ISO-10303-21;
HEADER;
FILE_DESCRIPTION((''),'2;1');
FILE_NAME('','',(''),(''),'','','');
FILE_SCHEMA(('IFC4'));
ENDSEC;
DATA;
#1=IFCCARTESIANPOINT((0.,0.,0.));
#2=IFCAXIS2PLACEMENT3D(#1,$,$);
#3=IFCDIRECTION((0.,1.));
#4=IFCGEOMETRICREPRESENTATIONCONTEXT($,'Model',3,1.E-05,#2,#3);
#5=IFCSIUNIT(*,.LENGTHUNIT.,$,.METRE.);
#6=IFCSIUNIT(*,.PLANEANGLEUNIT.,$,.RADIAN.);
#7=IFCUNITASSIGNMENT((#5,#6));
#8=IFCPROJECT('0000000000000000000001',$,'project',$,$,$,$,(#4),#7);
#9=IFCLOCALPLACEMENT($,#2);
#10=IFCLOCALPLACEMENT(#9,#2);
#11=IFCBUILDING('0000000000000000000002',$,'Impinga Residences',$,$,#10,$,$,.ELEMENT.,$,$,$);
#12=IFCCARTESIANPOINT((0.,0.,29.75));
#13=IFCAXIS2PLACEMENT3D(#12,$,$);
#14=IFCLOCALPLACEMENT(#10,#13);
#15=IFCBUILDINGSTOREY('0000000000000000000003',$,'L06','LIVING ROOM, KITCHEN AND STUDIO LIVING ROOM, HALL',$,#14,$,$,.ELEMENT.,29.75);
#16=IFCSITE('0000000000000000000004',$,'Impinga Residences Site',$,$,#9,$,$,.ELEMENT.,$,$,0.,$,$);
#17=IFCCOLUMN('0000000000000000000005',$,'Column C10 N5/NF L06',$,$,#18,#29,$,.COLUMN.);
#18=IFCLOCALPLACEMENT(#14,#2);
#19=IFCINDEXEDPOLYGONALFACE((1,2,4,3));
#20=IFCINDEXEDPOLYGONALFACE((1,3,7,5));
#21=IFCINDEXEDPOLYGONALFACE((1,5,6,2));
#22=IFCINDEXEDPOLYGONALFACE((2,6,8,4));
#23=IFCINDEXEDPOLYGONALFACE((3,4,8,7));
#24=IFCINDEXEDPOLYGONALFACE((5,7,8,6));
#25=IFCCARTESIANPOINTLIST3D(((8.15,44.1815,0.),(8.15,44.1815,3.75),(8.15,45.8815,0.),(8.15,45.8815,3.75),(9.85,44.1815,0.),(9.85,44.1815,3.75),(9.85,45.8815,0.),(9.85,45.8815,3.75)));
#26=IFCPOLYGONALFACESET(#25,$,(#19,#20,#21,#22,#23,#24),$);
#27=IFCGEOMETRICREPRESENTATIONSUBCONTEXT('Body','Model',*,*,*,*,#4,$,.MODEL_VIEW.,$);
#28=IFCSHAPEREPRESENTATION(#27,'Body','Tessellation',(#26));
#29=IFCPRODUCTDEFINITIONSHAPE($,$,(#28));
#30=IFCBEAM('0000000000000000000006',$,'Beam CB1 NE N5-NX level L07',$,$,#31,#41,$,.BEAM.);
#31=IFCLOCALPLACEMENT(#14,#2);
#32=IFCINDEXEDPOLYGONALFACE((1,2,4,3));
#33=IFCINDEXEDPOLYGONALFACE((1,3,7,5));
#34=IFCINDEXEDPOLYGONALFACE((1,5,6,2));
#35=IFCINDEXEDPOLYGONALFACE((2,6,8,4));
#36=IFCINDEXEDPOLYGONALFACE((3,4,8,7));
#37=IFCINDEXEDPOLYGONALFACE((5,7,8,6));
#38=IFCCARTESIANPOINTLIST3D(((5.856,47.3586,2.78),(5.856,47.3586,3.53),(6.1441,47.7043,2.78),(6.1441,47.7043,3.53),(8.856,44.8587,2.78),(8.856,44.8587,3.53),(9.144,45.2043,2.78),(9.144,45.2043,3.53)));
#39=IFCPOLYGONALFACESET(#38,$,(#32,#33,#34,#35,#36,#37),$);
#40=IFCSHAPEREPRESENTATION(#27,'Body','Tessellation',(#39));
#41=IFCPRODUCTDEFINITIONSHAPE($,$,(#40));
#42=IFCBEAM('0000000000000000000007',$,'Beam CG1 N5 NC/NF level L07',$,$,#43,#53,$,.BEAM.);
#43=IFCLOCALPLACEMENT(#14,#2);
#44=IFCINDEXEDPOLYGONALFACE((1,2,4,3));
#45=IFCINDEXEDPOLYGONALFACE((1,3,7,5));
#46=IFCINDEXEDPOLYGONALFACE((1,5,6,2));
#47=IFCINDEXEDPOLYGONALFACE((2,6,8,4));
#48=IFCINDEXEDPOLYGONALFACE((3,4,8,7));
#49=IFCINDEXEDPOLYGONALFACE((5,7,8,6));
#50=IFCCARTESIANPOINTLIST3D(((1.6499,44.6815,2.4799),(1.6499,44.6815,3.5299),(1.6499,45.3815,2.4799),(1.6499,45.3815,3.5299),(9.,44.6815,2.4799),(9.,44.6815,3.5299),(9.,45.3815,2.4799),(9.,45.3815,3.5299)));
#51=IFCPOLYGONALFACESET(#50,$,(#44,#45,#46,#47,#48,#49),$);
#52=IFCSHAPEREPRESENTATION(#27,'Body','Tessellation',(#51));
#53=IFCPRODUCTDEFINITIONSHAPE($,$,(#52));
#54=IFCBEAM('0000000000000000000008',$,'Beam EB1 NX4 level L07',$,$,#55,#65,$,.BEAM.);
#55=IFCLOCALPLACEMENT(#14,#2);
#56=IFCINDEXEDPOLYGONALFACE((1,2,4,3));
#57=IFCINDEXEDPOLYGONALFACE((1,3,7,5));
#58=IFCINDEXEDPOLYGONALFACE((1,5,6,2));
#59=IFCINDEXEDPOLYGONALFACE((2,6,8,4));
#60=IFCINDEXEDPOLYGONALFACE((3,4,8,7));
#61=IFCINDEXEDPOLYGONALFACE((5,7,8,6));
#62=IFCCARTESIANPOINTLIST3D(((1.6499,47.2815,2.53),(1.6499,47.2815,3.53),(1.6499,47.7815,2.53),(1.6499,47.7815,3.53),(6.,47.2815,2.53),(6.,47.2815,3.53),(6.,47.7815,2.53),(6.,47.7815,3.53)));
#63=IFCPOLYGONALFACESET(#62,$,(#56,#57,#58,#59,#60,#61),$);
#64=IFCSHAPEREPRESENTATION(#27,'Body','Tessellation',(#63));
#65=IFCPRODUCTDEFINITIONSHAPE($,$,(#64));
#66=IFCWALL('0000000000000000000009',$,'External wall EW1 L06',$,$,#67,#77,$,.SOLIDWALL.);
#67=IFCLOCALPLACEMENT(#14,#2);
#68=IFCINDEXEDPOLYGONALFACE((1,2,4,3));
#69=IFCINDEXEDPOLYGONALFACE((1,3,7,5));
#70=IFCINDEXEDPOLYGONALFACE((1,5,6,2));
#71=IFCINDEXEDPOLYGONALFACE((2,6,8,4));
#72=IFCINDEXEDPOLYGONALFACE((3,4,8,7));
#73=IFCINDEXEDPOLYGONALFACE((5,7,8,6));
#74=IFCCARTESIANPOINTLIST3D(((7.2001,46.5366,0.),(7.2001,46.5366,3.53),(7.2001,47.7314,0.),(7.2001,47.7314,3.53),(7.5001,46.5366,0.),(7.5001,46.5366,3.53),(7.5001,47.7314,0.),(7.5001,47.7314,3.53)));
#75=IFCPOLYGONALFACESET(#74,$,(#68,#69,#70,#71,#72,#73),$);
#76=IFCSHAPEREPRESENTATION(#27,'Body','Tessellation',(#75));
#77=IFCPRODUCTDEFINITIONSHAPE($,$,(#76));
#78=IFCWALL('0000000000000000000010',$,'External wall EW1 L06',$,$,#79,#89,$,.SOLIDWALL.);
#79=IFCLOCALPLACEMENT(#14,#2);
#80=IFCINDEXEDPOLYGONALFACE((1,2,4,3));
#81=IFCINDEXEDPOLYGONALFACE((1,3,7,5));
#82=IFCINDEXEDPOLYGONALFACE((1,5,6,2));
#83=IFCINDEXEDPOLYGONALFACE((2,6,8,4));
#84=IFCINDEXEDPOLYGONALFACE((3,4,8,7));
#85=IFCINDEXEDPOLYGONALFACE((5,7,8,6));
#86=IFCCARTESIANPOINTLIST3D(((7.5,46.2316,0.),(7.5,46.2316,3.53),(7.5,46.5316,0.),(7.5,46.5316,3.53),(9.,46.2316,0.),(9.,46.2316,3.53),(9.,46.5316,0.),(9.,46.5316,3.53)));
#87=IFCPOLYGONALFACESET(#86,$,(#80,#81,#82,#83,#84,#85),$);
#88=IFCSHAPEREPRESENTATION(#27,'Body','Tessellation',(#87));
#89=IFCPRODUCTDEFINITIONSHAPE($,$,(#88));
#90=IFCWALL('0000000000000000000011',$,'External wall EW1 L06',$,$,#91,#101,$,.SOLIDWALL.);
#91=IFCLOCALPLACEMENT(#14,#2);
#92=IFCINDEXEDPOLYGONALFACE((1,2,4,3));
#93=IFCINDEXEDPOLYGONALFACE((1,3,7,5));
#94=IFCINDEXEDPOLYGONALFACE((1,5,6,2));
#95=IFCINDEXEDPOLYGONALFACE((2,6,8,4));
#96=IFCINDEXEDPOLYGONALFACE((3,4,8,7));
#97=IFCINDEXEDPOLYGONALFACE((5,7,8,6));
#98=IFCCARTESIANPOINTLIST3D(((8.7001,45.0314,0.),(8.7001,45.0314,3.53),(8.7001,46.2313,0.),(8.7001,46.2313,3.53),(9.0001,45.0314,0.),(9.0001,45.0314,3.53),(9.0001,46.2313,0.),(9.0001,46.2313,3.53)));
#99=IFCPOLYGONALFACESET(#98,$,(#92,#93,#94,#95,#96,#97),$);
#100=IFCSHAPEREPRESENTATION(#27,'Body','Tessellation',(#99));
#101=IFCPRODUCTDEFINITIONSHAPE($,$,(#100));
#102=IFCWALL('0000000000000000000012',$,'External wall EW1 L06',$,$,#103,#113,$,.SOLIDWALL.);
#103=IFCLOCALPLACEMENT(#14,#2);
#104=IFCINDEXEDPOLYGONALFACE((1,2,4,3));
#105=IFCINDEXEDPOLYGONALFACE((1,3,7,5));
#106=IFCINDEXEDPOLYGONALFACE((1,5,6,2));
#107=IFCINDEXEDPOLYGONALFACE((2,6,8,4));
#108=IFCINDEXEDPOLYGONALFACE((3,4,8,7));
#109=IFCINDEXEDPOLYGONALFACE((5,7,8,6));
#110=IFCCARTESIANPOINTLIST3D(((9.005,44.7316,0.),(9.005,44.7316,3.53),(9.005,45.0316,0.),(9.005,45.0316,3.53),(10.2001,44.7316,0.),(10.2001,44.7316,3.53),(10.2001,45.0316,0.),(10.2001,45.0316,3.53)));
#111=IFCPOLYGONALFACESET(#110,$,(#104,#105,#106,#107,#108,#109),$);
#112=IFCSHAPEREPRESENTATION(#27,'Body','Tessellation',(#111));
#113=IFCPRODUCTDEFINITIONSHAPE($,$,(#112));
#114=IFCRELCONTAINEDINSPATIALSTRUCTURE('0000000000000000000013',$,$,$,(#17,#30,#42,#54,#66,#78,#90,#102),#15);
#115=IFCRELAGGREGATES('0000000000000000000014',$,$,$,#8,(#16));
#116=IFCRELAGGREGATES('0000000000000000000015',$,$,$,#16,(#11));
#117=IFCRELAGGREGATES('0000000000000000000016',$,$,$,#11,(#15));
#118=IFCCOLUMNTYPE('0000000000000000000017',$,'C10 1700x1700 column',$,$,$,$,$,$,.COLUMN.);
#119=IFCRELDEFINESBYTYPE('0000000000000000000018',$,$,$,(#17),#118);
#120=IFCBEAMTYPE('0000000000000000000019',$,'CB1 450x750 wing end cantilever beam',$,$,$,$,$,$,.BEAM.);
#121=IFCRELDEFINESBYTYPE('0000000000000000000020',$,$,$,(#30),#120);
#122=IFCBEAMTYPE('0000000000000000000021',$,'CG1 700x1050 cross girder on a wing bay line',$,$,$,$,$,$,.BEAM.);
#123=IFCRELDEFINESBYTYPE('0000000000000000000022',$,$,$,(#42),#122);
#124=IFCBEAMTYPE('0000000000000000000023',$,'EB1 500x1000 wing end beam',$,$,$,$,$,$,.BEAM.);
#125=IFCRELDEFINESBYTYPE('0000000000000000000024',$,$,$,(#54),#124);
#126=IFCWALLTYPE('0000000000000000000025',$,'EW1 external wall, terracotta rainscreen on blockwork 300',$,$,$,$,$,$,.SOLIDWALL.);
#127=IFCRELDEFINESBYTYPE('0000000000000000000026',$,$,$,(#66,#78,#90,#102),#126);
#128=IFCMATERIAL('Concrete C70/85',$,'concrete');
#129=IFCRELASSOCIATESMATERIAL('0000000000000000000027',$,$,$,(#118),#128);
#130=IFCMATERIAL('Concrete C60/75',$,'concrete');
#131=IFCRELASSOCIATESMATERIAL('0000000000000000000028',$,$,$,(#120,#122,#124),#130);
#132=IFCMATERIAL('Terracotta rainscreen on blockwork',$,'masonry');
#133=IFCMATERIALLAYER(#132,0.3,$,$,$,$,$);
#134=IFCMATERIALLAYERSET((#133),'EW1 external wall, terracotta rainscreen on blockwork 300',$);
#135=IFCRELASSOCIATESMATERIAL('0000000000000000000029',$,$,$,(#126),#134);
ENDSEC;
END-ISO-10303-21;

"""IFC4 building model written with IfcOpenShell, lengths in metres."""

from ifc_helpers import new_model, si_unit, direction, frame, frame_2d, origin, origin_2d, place, context, subcontext, project, spatial, rectangle, extrude, material, layer, layer_set, material_profile, profile_set, type_object, element, save


model = new_model("IFC4")

# Units and contexts
model_context = context("Model", 3, precision=1e-05, world=origin(), true_north=direction((0.0, 1.0)))
body_context = subcontext(model_context, "Body", "Model", "MODEL_VIEW")
ifc_project = project(units=[si_unit("LENGTHUNIT", "METRE"), si_unit("PLANEANGLEUNIT", "RADIAN")], contexts=[model_context])

# Site, building, storey
site_placement = place(None, origin())
site = spatial("IfcSite", under=ifc_project, at=site_placement, Name="Impinga Residences Site", CompositionType="ELEMENT", RefElevation=0.0)
building_placement = place(site_placement, origin())
building = spatial("IfcBuilding", under=site, at=building_placement, Name="Impinga Residences", CompositionType="ELEMENT")
storey_placement = place(building_placement, frame((0.0, 0.0, 29.75)))
storey = spatial("IfcBuildingStorey", under=building, at=storey_placement, Name="L06", Description="LIVING ROOM, KITCHEN AND STUDIO LIVING ROOM, HALL", CompositionType="ELEMENT", Elevation=29.75)

# Column
ifc_material_1 = material(Name="Concrete C70/85", Category="concrete")
ifc_material_profile_1 = material_profile(ifc_material_1, rectangle(XDim=1.7, YDim=1.7, at=origin_2d()), Name="RC 1700x1700")
ifc_profile_set_1 = profile_set([ifc_material_profile_1], Name="Concrete C70/85")
column_type = type_object("IfcColumnType", Name="C10 1700x1700 column", PredefinedType="COLUMN", material=ifc_profile_set_1)
column_placement = place(storey_placement, frame((9.0, 45.0315, 0.0), z_axis=(0.0, 0.0, 1.0), x_axis=(1.0, 0.0, 0.0)))
element("IfcColumn", 1, at=column_placement, inside=storey, type_object=column_type, Name="Column C10 N5/NF L06", PredefinedType="COLUMN", context=body_context, shape_type="SweptSolid", body=[
    extrude(rectangle(XDim=1.7, YDim=1.7, at=origin_2d()), origin(), (0.0, 0.0, 1.0), 3.75),
])

# Beams
ifc_material_2 = material(Name="Concrete C60/75", Category="concrete")
ifc_material_profile_2 = material_profile(ifc_material_2, rectangle(XDim=0.45, YDim=0.75, at=origin_2d()), Name="RC 450x750")
ifc_profile_set_2 = profile_set([ifc_material_profile_2], Name="Concrete C60/75")
beam_type_1 = type_object("IfcBeamType", Name="CB1 450x750 wing end cantilever beam", PredefinedType="BEAM", material=ifc_profile_set_2)
beam_1_placement = place(storey_placement, frame((9.0, 45.0315, 3.155), z_axis=(-0.768221, 0.640184, 0.0), x_axis=(-0.640184, -0.768221, 0.0)))
element("IfcBeam", 2, at=beam_1_placement, inside=storey, type_object=beam_type_1, Name="Beam CB1 NE N5-NX level L07", PredefinedType="BEAM", context=body_context, shape_type="SweptSolid", body=[
    extrude(rectangle(XDim=0.45, YDim=0.75, at=origin_2d()), origin(), (0.0, 0.0, 1.0), 3.905),
])
ifc_material_profile_3 = material_profile(ifc_material_2, rectangle(XDim=0.7, YDim=1.05, at=origin_2d()), Name="RC 700x1050")
ifc_profile_set_3 = profile_set([ifc_material_profile_3], Name="Concrete C60/75")
beam_type_2 = type_object("IfcBeamType", Name="CG1 700x1050 cross girder on a wing bay line", PredefinedType="BEAM", material=ifc_profile_set_3)
beam_2_placement = place(storey_placement, frame((1.6499, 45.0315, 3.0049), z_axis=(1.0, 0.0, 0.0), x_axis=(0.0, 1.0, 0.0)))
element("IfcBeam", 3, at=beam_2_placement, inside=storey, type_object=beam_type_2, Name="Beam CG1 N5 NC/NF level L07", PredefinedType="BEAM", context=body_context, shape_type="SweptSolid", body=[
    extrude(rectangle(XDim=0.7, YDim=1.05, at=origin_2d()), origin(), (0.0, 0.0, 1.0), 7.3501),
])
ifc_material_profile_4 = material_profile(ifc_material_2, rectangle(XDim=0.5, YDim=1.0, at=origin_2d()), Name="RC 500x1000")
ifc_profile_set_4 = profile_set([ifc_material_profile_4], Name="Concrete C60/75")
beam_type_3 = type_object("IfcBeamType", Name="EB1 500x1000 wing end beam", PredefinedType="BEAM", material=ifc_profile_set_4)
beam_3_placement = place(storey_placement, frame((1.6499, 47.5315, 3.03), z_axis=(1.0, 0.0, 0.0), x_axis=(0.0, 1.0, 0.0)))
element("IfcBeam", 4, at=beam_3_placement, inside=storey, type_object=beam_type_3, Name="Beam EB1 NX4 level L07", PredefinedType="BEAM", context=body_context, shape_type="SweptSolid", body=[
    extrude(rectangle(XDim=0.5, YDim=1.0, at=origin_2d()), origin(), (0.0, 0.0, 1.0), 4.3501),
])

# Walls
ifc_material_3 = material(Name="Terracotta rainscreen on blockwork", Category="masonry")
ifc_layer_1 = layer(ifc_material_3, 0.3)
ifc_layer_set_1 = layer_set([ifc_layer_1], Name="EW1 external wall, terracotta rainscreen on blockwork 300")
wall_type_1 = type_object("IfcWallType", Name="EW1 external wall, terracotta rainscreen on blockwork 300", PredefinedType="SOLIDWALL", material=ifc_layer_set_1)
wall_1_placement = place(storey_placement, frame((7.3501, 47.7314, 0.0), z_axis=(0.0, 0.0, 1.0), x_axis=(0.0, -1.0, 0.0)))
element("IfcWall", 5, at=wall_1_placement, inside=storey, type_object=wall_type_1, Name="External wall EW1 L06", PredefinedType="SOLIDWALL", context=body_context, shape_type="SweptSolid", body=[
    extrude(rectangle(XDim=1.1948, YDim=0.3, at=frame_2d((0.5974, 0.0))), origin(), (0.0, 0.0, 1.0), 3.53),
])
wall_2_placement = place(storey_placement, frame((7.5, 46.3816, 0.0), z_axis=(0.0, 0.0, 1.0), x_axis=(1.0, 0.0, 0.0)))
element("IfcWall", 6, at=wall_2_placement, inside=storey, type_object=wall_type_1, Name="External wall EW1 L06", PredefinedType="SOLIDWALL", context=body_context, shape_type="SweptSolid", body=[
    extrude(rectangle(XDim=1.5, YDim=0.3, at=frame_2d((0.75, 0.0))), origin(), (0.0, 0.0, 1.0), 3.53),
])
wall_3_placement = place(storey_placement, frame((8.8501, 46.2314, 0.0), z_axis=(0.0, 0.0, 1.0), x_axis=(0.0, -1.0, 0.0)))
element("IfcWall", 7, at=wall_3_placement, inside=storey, type_object=wall_type_1, Name="External wall EW1 L06", PredefinedType="SOLIDWALL", context=body_context, shape_type="SweptSolid", body=[
    extrude(rectangle(XDim=1.2, YDim=0.3, at=frame_2d((0.6001, 0.0))), origin(), (0.0, 0.0, 1.0), 3.53),
])
wall_4_placement = place(storey_placement, frame((9.0049, 44.8816, 0.0), z_axis=(0.0, 0.0, 1.0), x_axis=(1.0, 0.0, 0.0)))
element("IfcWall", 8, at=wall_4_placement, inside=storey, type_object=wall_type_1, Name="External wall EW1 L06", PredefinedType="SOLIDWALL", context=body_context, shape_type="SweptSolid", body=[
    extrude(rectangle(XDim=1.1951, YDim=0.3, at=frame_2d((0.5977, 0.0))), origin(), (0.0, 0.0, 1.0), 3.53),
])

save(model, "model.ifc")
